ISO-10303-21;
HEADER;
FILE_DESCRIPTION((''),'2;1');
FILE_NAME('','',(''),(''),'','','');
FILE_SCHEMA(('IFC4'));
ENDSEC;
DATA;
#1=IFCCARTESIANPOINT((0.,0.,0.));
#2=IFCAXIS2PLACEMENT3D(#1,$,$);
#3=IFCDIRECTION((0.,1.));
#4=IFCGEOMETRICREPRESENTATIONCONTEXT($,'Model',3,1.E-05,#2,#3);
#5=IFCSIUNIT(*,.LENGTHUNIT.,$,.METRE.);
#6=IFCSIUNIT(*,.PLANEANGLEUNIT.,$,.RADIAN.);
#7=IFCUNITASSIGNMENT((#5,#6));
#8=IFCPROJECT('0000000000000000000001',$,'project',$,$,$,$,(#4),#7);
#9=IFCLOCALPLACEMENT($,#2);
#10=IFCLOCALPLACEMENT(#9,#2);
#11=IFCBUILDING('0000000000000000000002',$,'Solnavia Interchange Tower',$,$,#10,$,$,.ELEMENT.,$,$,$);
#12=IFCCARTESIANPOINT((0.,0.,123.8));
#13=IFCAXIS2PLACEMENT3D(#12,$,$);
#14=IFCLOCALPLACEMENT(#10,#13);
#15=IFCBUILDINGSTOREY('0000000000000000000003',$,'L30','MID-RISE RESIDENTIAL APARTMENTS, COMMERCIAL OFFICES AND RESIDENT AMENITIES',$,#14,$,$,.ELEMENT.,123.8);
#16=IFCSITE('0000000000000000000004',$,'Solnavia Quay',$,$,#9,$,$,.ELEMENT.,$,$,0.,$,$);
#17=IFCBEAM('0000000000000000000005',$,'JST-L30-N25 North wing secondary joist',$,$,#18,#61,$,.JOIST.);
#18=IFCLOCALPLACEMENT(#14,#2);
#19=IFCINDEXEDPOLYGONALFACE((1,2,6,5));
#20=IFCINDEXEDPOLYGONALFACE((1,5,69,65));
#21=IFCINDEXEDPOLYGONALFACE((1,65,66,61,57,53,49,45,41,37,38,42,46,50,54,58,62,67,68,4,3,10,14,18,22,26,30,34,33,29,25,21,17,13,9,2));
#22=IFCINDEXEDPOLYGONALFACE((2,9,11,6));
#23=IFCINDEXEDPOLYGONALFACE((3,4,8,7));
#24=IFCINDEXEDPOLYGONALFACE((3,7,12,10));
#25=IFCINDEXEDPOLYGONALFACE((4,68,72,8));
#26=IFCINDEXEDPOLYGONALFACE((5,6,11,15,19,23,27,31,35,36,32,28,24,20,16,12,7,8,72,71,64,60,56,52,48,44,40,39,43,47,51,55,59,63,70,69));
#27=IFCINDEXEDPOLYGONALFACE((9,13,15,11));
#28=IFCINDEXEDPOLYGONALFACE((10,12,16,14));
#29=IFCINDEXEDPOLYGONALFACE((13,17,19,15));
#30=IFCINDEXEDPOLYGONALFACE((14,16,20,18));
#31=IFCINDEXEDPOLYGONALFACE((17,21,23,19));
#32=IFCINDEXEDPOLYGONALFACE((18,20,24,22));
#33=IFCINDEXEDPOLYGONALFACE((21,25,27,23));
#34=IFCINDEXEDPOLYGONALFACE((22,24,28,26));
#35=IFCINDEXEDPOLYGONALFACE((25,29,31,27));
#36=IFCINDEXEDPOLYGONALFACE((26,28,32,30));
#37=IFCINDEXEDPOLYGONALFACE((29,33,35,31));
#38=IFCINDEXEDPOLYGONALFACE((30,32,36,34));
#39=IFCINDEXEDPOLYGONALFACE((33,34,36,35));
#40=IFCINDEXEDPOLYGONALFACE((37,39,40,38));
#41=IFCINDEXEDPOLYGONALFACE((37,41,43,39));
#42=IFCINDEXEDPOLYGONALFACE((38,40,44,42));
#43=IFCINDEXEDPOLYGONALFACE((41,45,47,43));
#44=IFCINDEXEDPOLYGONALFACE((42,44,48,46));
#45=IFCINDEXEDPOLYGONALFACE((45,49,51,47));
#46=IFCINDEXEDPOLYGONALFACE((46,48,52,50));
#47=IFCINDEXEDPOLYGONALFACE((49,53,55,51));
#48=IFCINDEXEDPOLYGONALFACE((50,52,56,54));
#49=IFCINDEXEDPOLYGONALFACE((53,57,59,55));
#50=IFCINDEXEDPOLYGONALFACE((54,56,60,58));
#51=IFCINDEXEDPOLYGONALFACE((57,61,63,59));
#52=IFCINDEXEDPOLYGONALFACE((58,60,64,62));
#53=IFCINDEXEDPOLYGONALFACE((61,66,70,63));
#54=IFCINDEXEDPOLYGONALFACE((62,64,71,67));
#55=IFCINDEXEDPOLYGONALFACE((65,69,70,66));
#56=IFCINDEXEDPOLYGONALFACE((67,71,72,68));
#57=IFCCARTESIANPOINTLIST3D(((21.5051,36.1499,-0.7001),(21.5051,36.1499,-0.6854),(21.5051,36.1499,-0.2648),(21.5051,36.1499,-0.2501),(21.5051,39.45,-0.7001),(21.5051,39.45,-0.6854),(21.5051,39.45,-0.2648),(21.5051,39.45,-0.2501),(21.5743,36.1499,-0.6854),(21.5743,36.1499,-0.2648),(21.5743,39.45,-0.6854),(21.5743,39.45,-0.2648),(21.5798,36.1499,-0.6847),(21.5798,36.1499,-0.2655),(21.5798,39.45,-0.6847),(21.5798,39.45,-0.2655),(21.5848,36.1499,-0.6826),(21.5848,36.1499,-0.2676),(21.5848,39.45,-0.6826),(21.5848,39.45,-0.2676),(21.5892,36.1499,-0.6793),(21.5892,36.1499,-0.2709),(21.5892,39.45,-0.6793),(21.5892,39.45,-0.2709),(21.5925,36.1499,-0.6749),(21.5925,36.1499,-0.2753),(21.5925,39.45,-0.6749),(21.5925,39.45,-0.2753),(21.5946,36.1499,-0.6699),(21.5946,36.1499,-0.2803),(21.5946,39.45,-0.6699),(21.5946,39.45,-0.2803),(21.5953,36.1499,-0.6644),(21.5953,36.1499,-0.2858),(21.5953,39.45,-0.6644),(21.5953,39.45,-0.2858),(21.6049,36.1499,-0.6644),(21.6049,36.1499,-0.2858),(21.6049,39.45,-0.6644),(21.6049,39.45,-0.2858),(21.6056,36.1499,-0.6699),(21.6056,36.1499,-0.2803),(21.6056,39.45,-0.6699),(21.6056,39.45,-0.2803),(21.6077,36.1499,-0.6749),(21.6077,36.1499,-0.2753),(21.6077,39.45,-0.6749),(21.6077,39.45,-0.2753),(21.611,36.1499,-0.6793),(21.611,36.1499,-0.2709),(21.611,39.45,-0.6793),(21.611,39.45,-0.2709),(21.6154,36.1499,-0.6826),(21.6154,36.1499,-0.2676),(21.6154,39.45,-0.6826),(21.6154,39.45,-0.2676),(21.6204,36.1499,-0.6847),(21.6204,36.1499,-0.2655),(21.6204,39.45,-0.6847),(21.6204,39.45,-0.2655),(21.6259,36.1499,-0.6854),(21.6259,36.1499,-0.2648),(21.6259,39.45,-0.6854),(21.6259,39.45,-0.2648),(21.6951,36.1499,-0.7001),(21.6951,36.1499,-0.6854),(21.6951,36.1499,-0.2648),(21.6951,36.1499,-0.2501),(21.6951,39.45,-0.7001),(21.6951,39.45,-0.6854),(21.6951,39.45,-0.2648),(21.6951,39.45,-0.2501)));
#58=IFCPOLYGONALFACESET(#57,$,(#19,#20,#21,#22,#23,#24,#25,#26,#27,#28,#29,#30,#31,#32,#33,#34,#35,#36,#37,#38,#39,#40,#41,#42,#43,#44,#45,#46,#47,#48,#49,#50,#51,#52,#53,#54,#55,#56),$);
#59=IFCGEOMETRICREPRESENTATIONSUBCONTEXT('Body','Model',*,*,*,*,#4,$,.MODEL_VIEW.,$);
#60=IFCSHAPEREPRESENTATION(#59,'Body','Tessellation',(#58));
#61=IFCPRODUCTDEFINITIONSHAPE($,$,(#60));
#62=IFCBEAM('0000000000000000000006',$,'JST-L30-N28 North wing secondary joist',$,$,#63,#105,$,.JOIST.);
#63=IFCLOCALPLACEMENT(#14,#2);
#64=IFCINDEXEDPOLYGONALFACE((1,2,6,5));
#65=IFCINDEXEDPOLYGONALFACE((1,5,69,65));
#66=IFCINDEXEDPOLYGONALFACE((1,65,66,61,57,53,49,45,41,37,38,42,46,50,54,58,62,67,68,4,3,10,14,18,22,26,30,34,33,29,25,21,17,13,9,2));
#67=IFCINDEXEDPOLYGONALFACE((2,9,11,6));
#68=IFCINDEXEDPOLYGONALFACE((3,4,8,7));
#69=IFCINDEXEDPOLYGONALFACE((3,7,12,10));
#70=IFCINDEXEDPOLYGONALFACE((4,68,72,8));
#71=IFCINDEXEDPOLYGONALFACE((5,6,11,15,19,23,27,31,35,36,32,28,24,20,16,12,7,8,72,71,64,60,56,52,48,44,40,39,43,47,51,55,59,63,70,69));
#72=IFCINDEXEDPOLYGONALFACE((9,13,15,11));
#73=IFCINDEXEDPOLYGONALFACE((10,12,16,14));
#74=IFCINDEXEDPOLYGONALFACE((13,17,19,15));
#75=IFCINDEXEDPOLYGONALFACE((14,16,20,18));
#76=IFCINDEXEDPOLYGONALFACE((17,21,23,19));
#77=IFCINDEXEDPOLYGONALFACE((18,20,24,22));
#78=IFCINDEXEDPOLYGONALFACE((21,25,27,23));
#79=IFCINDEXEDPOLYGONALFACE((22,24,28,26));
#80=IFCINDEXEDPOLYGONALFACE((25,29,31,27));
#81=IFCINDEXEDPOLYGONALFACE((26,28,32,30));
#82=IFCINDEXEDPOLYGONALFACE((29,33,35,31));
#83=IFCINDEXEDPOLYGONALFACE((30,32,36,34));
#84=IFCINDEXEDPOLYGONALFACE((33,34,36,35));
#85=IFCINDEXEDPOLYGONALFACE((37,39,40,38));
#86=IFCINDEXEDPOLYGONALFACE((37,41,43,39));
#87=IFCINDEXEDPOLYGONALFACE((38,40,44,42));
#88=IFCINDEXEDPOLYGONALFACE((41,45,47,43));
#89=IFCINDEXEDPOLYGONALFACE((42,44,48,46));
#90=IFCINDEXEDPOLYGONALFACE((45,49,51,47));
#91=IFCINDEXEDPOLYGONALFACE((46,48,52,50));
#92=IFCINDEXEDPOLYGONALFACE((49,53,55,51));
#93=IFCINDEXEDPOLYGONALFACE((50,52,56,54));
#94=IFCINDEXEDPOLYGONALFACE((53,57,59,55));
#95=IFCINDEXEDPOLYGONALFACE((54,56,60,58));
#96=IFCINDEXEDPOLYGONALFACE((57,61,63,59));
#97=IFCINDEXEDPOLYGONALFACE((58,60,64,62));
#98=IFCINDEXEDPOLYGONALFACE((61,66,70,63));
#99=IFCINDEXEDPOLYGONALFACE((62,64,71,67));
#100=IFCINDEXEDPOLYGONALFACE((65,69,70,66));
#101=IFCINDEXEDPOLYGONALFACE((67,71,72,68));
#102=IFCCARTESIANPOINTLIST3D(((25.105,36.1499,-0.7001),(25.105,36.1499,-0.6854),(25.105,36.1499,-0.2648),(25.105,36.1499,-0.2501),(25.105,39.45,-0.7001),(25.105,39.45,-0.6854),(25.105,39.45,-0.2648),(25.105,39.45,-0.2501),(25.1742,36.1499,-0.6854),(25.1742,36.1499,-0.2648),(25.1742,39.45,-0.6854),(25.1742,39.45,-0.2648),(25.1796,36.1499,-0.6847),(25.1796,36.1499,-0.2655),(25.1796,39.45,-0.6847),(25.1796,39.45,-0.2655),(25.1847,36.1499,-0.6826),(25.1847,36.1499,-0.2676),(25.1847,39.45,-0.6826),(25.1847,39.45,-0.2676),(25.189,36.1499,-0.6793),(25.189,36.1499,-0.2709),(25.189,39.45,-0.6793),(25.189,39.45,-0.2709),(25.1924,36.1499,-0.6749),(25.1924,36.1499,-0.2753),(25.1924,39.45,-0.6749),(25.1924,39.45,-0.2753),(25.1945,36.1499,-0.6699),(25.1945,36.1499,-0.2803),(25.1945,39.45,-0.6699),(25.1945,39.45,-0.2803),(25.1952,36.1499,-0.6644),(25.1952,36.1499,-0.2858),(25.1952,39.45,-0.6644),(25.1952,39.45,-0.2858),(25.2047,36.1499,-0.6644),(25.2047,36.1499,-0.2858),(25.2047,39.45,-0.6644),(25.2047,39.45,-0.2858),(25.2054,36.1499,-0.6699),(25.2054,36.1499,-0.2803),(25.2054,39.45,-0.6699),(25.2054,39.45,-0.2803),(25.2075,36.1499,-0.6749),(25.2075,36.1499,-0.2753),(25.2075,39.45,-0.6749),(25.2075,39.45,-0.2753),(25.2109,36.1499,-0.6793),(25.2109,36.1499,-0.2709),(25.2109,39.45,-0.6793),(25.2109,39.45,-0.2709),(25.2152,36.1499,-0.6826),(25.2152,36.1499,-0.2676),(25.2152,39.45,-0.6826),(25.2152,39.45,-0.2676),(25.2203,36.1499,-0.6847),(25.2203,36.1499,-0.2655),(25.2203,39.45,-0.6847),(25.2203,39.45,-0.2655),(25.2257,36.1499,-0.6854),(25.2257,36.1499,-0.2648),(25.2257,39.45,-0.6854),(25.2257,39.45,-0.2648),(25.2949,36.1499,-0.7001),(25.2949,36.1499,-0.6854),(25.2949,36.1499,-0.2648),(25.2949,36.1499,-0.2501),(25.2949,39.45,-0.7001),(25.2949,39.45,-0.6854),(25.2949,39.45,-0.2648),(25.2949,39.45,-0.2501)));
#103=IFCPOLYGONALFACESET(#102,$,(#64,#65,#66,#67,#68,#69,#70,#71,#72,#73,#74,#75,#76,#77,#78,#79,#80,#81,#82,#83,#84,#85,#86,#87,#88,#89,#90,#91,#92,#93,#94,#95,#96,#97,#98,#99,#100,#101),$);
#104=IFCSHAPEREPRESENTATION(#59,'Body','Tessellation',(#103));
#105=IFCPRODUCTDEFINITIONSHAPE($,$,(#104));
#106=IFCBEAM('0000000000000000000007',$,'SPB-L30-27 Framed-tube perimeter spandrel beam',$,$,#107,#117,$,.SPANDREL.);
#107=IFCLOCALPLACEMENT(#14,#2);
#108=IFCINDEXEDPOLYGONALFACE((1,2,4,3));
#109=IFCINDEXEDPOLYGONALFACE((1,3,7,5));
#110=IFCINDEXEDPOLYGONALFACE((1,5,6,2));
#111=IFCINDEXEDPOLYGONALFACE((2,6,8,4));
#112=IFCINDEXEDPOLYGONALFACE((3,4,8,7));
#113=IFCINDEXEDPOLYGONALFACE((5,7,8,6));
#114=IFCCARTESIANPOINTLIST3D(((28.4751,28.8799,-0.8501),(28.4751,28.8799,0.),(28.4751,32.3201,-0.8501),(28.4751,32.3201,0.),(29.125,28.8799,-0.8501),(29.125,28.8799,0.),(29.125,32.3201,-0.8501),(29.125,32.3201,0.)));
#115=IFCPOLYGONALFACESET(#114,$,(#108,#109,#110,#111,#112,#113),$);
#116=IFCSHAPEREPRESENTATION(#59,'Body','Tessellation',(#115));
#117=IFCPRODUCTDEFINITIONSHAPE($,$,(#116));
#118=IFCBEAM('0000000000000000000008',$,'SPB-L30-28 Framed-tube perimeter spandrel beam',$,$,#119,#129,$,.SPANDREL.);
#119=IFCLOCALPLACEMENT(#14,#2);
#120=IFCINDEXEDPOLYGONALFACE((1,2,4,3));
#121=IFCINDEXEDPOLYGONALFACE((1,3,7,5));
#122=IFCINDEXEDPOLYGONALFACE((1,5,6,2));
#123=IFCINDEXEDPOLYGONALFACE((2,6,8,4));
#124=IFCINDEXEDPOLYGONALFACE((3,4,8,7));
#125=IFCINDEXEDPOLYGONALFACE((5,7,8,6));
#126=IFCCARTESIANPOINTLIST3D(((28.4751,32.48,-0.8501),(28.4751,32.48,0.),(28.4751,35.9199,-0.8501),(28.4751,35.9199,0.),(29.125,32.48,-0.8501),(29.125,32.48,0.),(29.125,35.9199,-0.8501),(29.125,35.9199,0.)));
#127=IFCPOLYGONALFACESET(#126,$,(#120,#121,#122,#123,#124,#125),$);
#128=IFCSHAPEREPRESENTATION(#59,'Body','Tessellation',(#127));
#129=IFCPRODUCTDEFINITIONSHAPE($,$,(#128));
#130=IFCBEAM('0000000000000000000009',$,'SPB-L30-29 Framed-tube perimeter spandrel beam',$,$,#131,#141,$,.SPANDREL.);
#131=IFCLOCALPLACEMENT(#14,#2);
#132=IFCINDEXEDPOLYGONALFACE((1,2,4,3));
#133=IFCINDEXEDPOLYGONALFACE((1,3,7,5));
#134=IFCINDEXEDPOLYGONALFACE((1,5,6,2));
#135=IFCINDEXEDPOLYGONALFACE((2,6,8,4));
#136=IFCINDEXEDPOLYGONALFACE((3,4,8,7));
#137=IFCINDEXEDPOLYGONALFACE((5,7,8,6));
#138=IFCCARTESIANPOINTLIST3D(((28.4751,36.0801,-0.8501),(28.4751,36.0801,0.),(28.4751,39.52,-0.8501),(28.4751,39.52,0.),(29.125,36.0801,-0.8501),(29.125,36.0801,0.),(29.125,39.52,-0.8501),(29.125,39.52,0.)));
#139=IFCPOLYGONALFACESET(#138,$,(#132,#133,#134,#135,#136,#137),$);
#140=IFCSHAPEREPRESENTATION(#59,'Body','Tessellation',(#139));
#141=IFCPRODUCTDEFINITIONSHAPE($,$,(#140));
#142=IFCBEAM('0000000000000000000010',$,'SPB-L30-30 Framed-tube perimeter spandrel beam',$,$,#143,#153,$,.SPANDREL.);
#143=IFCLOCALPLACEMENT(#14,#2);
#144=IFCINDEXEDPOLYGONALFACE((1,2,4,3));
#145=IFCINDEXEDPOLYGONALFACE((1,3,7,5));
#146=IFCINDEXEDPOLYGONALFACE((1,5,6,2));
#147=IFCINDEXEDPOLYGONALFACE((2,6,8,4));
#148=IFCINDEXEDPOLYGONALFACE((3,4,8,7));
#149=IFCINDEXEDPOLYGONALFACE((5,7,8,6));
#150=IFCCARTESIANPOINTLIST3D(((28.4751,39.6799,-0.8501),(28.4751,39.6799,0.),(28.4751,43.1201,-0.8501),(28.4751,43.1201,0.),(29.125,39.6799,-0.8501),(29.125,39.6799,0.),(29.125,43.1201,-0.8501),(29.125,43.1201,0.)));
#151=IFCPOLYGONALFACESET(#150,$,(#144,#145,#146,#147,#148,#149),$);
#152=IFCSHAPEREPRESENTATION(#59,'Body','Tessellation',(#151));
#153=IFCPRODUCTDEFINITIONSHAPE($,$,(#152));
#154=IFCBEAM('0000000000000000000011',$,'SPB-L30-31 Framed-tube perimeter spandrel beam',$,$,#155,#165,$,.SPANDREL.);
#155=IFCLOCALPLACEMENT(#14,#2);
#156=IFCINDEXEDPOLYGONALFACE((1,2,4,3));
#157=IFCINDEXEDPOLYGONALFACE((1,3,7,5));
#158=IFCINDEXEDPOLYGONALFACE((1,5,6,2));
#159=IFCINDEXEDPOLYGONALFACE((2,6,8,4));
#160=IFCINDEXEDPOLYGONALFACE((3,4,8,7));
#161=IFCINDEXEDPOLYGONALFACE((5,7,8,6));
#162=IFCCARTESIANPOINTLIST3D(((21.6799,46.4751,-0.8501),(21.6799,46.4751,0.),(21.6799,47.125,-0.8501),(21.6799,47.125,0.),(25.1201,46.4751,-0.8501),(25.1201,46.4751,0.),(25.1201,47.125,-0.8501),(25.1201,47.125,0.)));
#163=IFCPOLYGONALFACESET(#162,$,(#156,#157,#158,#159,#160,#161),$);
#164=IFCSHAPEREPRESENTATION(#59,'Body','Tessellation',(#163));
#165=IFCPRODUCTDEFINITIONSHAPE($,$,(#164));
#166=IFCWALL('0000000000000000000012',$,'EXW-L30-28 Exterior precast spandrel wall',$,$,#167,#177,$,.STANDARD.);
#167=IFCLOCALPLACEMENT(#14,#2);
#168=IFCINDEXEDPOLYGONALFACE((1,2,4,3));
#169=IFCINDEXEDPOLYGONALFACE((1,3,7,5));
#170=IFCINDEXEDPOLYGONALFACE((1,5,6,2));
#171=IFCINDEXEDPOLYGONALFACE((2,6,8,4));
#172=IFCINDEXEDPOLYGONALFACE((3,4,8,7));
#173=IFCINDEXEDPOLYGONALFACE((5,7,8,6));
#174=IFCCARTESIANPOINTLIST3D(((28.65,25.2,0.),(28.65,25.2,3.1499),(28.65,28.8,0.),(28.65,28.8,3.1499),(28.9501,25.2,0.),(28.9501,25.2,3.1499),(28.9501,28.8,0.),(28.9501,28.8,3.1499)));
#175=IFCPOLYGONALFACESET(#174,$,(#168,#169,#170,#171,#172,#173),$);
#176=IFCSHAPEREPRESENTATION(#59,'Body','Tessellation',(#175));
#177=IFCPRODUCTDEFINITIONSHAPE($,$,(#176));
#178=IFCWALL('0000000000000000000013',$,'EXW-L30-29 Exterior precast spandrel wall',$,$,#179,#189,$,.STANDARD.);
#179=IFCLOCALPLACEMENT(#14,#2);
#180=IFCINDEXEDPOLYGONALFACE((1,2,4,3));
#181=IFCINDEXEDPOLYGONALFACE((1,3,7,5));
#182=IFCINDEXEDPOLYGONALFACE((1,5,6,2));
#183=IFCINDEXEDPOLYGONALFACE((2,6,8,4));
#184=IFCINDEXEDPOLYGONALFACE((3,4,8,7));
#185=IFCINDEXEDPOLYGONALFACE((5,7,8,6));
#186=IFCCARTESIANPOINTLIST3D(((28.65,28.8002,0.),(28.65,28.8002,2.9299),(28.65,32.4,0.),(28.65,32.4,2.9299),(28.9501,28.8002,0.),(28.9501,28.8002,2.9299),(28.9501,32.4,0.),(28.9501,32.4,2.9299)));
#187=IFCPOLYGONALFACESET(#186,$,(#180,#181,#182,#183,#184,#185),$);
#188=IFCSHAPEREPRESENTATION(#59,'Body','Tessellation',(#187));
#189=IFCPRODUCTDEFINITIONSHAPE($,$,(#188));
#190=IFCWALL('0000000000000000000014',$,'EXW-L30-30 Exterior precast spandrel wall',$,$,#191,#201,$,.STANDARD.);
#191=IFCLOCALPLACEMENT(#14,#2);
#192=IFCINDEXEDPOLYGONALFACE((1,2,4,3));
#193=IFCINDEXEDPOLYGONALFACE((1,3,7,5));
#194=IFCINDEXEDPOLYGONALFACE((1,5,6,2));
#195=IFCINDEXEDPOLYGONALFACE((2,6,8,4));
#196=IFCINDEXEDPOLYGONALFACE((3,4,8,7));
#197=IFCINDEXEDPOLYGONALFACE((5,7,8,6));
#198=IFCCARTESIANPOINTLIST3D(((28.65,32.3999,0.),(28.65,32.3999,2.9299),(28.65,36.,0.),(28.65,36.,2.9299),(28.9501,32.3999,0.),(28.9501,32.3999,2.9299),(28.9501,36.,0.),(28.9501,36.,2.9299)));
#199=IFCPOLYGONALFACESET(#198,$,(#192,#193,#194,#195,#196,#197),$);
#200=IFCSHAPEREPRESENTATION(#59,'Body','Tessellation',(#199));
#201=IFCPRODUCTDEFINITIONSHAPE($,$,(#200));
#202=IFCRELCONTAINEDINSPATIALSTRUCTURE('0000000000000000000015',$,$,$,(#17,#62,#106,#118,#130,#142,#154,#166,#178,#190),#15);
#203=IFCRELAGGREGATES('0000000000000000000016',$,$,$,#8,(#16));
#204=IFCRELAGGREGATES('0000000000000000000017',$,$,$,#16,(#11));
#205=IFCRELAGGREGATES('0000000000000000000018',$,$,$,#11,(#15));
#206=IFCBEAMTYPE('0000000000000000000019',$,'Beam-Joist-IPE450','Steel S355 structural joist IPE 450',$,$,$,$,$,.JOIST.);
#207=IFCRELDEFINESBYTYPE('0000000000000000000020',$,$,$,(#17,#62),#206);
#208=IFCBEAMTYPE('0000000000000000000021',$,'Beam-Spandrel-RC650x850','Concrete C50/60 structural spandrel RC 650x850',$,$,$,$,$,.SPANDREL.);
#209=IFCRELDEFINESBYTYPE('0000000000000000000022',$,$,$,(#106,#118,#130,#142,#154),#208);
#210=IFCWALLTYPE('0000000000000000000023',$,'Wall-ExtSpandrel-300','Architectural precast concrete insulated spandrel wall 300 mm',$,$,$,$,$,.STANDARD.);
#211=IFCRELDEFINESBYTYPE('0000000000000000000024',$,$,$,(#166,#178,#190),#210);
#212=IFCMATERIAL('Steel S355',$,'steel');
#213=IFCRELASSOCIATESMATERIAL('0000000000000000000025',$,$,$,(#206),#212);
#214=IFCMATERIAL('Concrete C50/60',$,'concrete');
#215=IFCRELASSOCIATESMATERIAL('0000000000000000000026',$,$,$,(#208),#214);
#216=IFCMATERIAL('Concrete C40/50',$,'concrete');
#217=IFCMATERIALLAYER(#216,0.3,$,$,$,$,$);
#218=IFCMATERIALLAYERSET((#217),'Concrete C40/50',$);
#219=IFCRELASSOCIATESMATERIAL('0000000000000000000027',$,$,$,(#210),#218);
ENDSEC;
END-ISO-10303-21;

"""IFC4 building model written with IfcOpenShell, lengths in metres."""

from ifc_helpers import new_model, si_unit, direction, frame, frame_2d, origin, origin_2d, place, context, subcontext, project, spatial, rectangle, i_section, extrude, material, layer, layer_set, material_profile, profile_set, type_object, element, save


model = new_model("IFC4")

# Units and contexts
model_context = context("Model", 3, precision=1e-05, world=origin(), true_north=direction((0.0, 1.0)))
body_context = subcontext(model_context, "Body", "Model", "MODEL_VIEW")
ifc_project = project(units=[si_unit("LENGTHUNIT", "METRE"), si_unit("PLANEANGLEUNIT", "RADIAN")], contexts=[model_context])

# Site, building, storey
site_placement = place(None, origin())
site = spatial("IfcSite", under=ifc_project, at=site_placement, Name="Solnavia Quay", CompositionType="ELEMENT", RefElevation=0.0)
building_placement = place(site_placement, origin())
building = spatial("IfcBuilding", under=site, at=building_placement, Name="Solnavia Interchange Tower", CompositionType="ELEMENT")
storey_placement = place(building_placement, frame((0.0, 0.0, 123.8)))
storey = spatial("IfcBuildingStorey", under=building, at=storey_placement, Name="L30", Description="MID-RISE RESIDENTIAL APARTMENTS, COMMERCIAL OFFICES AND RESIDENT AMENITIES", CompositionType="ELEMENT", Elevation=123.8)

# Shared definitions
ifc_material_1 = material(Name="Concrete C50/60", Category="concrete")

# Beams
ifc_material_2 = material(Name="Steel S355", Category="steel")
ifc_material_profile_1 = material_profile(ifc_material_2, i_section(OverallWidth=0.1899, OverallDepth=0.45, WebThickness=0.0095, FlangeThickness=0.0146, FilletRadius=0.021, at=origin_2d()), Name="IPE 450")
ifc_profile_set_1 = profile_set([ifc_material_profile_1], Name="Steel S355")
beam_type_1 = type_object("IfcBeamType", Name="Beam-Joist-IPE450", Description="Steel S355 structural joist IPE 450", PredefinedType="JOIST", material=ifc_profile_set_1)
for number, where, z_axis, x_axis, name in (
    (1, (21.6001, 36.1499, -0.4751), (0.0, 1.0, 0.0), (-1.0, 0.0, 0.0), "JST-L30-N25 North wing secondary joist"),
    (2, (25.2, 36.1499, -0.4751), (0.0, 1.0, 0.0), (-1.0, 0.0, 0.0), "JST-L30-N28 North wing secondary joist"),
):
    element("IfcBeam", number, at=place(storey_placement, frame(where, z_axis=z_axis, x_axis=x_axis)), inside=storey, type_object=beam_type_1, Name=name, PredefinedType="JOIST", context=body_context, shape_type="SweptSolid", body=[
        extrude(i_section(OverallWidth=0.1899, OverallDepth=0.45, WebThickness=0.0095, FlangeThickness=0.0146, FilletRadius=0.021, at=origin_2d()), origin(), (0.0, 0.0, 1.0), 3.3),
    ])
ifc_material_profile_2 = material_profile(ifc_material_1, rectangle(XDim=0.6499, YDim=0.8501, at=origin_2d()), Name="RC 650x850")
ifc_profile_set_2 = profile_set([ifc_material_profile_2], Name="Concrete C50/60")
beam_type_2 = type_object("IfcBeamType", Name="Beam-Spandrel-RC650x850", Description="Concrete C50/60 structural spandrel RC 650x850", PredefinedType="SPANDREL", material=ifc_profile_set_2)
beam_1_placement = place(storey_placement, frame((28.8, 28.8799, -0.425), z_axis=(0.0, 1.0, 0.0), x_axis=(-1.0, 0.0, 0.0)))
element("IfcBeam", 3, at=beam_1_placement, inside=storey, type_object=beam_type_2, Name="SPB-L30-27 Framed-tube perimeter spandrel beam", PredefinedType="SPANDREL", context=body_context, shape_type="SweptSolid", body=[
    extrude(rectangle(XDim=0.6499, YDim=0.8501, at=origin_2d()), origin(), (0.0, 0.0, 1.0), 3.4402),
])
for number, where, z_axis, x_axis, name in (
    (4, (28.8, 32.48, -0.425), (0.0, 1.0, 0.0), (-1.0, 0.0, 0.0), "SPB-L30-28 Framed-tube perimeter spandrel beam"),
    (5, (28.8, 36.0801, -0.425), (0.0, 1.0, 0.0), (-1.0, 0.0, 0.0), "SPB-L30-29 Framed-tube perimeter spandrel beam"),
):
    element("IfcBeam", number, at=place(storey_placement, frame(where, z_axis=z_axis, x_axis=x_axis)), inside=storey, type_object=beam_type_2, Name=name, PredefinedType="SPANDREL", context=body_context, shape_type="SweptSolid", body=[
        extrude(rectangle(XDim=0.6499, YDim=0.8501, at=origin_2d()), origin(), (0.0, 0.0, 1.0), 3.4399),
    ])
for number, where, z_axis, x_axis, name in (
    (6, (28.8, 39.6799, -0.425), (0.0, 1.0, 0.0), (-1.0, 0.0, 0.0), "SPB-L30-30 Framed-tube perimeter spandrel beam"),
    (7, (25.1201, 46.8, -0.425), (-1.0, 0.0, 0.0), (0.0, -1.0, 0.0), "SPB-L30-31 Framed-tube perimeter spandrel beam"),
):
    element("IfcBeam", number, at=place(storey_placement, frame(where, z_axis=z_axis, x_axis=x_axis)), inside=storey, type_object=beam_type_2, Name=name, PredefinedType="SPANDREL", context=body_context, shape_type="SweptSolid", body=[
        extrude(rectangle(XDim=0.6499, YDim=0.8501, at=origin_2d()), origin(), (0.0, 0.0, 1.0), 3.4402),
    ])

# Walls
ifc_material_3 = material(Name="Concrete C40/50", Category="concrete")
ifc_layer = layer(ifc_material_3, 0.3)
ifc_layer_set = layer_set([ifc_layer], Name="Concrete C40/50")
wall_type = type_object("IfcWallType", Name="Wall-ExtSpandrel-300", Description="Architectural precast concrete insulated spandrel wall 300 mm", PredefinedType="STANDARD", material=ifc_layer_set)
wall_1_placement = place(storey_placement, frame((28.8, 28.8, 0.0), z_axis=(0.0, 0.0, 1.0), x_axis=(0.0, -1.0, 0.0)))
element("IfcWall", 8, at=wall_1_placement, inside=storey, type_object=wall_type, Name="EXW-L30-28 Exterior precast spandrel wall", PredefinedType="STANDARD", context=body_context, shape_type="SweptSolid", body=[
    extrude(rectangle(XDim=3.6001, YDim=0.3, at=frame_2d((1.8, 0.0))), origin(), (0.0, 0.0, 1.0), 3.1499),
])
wall_2_placement = place(storey_placement, frame((28.8, 32.3999, 0.0), z_axis=(0.0, 0.0, 1.0), x_axis=(0.0, -1.0, 0.0)))
element("IfcWall", 9, at=wall_2_placement, inside=storey, type_object=wall_type, Name="EXW-L30-29 Exterior precast spandrel wall", PredefinedType="STANDARD", context=body_context, shape_type="SweptSolid", body=[
    extrude(rectangle(XDim=3.5999, YDim=0.3, at=frame_2d((1.7998, 0.0))), origin(), (0.0, 0.0, 1.0), 2.9299),
])
for number, where, z_axis, x_axis, name in (
    (10, (28.8, 36.0, 0.0), (0.0, 0.0, 1.0), (0.0, -1.0, 0.0), "EXW-L30-30 Exterior precast spandrel wall"),
):
    element("IfcWall", number, at=place(storey_placement, frame(where, z_axis=z_axis, x_axis=x_axis)), inside=storey, type_object=wall_type, Name=name, PredefinedType="STANDARD", context=body_context, shape_type="SweptSolid", body=[
        extrude(rectangle(XDim=3.6001, YDim=0.3, at=frame_2d((1.8, 0.0))), origin(), (0.0, 0.0, 1.0), 2.9299),
    ])

save(model, "model.ifc")
